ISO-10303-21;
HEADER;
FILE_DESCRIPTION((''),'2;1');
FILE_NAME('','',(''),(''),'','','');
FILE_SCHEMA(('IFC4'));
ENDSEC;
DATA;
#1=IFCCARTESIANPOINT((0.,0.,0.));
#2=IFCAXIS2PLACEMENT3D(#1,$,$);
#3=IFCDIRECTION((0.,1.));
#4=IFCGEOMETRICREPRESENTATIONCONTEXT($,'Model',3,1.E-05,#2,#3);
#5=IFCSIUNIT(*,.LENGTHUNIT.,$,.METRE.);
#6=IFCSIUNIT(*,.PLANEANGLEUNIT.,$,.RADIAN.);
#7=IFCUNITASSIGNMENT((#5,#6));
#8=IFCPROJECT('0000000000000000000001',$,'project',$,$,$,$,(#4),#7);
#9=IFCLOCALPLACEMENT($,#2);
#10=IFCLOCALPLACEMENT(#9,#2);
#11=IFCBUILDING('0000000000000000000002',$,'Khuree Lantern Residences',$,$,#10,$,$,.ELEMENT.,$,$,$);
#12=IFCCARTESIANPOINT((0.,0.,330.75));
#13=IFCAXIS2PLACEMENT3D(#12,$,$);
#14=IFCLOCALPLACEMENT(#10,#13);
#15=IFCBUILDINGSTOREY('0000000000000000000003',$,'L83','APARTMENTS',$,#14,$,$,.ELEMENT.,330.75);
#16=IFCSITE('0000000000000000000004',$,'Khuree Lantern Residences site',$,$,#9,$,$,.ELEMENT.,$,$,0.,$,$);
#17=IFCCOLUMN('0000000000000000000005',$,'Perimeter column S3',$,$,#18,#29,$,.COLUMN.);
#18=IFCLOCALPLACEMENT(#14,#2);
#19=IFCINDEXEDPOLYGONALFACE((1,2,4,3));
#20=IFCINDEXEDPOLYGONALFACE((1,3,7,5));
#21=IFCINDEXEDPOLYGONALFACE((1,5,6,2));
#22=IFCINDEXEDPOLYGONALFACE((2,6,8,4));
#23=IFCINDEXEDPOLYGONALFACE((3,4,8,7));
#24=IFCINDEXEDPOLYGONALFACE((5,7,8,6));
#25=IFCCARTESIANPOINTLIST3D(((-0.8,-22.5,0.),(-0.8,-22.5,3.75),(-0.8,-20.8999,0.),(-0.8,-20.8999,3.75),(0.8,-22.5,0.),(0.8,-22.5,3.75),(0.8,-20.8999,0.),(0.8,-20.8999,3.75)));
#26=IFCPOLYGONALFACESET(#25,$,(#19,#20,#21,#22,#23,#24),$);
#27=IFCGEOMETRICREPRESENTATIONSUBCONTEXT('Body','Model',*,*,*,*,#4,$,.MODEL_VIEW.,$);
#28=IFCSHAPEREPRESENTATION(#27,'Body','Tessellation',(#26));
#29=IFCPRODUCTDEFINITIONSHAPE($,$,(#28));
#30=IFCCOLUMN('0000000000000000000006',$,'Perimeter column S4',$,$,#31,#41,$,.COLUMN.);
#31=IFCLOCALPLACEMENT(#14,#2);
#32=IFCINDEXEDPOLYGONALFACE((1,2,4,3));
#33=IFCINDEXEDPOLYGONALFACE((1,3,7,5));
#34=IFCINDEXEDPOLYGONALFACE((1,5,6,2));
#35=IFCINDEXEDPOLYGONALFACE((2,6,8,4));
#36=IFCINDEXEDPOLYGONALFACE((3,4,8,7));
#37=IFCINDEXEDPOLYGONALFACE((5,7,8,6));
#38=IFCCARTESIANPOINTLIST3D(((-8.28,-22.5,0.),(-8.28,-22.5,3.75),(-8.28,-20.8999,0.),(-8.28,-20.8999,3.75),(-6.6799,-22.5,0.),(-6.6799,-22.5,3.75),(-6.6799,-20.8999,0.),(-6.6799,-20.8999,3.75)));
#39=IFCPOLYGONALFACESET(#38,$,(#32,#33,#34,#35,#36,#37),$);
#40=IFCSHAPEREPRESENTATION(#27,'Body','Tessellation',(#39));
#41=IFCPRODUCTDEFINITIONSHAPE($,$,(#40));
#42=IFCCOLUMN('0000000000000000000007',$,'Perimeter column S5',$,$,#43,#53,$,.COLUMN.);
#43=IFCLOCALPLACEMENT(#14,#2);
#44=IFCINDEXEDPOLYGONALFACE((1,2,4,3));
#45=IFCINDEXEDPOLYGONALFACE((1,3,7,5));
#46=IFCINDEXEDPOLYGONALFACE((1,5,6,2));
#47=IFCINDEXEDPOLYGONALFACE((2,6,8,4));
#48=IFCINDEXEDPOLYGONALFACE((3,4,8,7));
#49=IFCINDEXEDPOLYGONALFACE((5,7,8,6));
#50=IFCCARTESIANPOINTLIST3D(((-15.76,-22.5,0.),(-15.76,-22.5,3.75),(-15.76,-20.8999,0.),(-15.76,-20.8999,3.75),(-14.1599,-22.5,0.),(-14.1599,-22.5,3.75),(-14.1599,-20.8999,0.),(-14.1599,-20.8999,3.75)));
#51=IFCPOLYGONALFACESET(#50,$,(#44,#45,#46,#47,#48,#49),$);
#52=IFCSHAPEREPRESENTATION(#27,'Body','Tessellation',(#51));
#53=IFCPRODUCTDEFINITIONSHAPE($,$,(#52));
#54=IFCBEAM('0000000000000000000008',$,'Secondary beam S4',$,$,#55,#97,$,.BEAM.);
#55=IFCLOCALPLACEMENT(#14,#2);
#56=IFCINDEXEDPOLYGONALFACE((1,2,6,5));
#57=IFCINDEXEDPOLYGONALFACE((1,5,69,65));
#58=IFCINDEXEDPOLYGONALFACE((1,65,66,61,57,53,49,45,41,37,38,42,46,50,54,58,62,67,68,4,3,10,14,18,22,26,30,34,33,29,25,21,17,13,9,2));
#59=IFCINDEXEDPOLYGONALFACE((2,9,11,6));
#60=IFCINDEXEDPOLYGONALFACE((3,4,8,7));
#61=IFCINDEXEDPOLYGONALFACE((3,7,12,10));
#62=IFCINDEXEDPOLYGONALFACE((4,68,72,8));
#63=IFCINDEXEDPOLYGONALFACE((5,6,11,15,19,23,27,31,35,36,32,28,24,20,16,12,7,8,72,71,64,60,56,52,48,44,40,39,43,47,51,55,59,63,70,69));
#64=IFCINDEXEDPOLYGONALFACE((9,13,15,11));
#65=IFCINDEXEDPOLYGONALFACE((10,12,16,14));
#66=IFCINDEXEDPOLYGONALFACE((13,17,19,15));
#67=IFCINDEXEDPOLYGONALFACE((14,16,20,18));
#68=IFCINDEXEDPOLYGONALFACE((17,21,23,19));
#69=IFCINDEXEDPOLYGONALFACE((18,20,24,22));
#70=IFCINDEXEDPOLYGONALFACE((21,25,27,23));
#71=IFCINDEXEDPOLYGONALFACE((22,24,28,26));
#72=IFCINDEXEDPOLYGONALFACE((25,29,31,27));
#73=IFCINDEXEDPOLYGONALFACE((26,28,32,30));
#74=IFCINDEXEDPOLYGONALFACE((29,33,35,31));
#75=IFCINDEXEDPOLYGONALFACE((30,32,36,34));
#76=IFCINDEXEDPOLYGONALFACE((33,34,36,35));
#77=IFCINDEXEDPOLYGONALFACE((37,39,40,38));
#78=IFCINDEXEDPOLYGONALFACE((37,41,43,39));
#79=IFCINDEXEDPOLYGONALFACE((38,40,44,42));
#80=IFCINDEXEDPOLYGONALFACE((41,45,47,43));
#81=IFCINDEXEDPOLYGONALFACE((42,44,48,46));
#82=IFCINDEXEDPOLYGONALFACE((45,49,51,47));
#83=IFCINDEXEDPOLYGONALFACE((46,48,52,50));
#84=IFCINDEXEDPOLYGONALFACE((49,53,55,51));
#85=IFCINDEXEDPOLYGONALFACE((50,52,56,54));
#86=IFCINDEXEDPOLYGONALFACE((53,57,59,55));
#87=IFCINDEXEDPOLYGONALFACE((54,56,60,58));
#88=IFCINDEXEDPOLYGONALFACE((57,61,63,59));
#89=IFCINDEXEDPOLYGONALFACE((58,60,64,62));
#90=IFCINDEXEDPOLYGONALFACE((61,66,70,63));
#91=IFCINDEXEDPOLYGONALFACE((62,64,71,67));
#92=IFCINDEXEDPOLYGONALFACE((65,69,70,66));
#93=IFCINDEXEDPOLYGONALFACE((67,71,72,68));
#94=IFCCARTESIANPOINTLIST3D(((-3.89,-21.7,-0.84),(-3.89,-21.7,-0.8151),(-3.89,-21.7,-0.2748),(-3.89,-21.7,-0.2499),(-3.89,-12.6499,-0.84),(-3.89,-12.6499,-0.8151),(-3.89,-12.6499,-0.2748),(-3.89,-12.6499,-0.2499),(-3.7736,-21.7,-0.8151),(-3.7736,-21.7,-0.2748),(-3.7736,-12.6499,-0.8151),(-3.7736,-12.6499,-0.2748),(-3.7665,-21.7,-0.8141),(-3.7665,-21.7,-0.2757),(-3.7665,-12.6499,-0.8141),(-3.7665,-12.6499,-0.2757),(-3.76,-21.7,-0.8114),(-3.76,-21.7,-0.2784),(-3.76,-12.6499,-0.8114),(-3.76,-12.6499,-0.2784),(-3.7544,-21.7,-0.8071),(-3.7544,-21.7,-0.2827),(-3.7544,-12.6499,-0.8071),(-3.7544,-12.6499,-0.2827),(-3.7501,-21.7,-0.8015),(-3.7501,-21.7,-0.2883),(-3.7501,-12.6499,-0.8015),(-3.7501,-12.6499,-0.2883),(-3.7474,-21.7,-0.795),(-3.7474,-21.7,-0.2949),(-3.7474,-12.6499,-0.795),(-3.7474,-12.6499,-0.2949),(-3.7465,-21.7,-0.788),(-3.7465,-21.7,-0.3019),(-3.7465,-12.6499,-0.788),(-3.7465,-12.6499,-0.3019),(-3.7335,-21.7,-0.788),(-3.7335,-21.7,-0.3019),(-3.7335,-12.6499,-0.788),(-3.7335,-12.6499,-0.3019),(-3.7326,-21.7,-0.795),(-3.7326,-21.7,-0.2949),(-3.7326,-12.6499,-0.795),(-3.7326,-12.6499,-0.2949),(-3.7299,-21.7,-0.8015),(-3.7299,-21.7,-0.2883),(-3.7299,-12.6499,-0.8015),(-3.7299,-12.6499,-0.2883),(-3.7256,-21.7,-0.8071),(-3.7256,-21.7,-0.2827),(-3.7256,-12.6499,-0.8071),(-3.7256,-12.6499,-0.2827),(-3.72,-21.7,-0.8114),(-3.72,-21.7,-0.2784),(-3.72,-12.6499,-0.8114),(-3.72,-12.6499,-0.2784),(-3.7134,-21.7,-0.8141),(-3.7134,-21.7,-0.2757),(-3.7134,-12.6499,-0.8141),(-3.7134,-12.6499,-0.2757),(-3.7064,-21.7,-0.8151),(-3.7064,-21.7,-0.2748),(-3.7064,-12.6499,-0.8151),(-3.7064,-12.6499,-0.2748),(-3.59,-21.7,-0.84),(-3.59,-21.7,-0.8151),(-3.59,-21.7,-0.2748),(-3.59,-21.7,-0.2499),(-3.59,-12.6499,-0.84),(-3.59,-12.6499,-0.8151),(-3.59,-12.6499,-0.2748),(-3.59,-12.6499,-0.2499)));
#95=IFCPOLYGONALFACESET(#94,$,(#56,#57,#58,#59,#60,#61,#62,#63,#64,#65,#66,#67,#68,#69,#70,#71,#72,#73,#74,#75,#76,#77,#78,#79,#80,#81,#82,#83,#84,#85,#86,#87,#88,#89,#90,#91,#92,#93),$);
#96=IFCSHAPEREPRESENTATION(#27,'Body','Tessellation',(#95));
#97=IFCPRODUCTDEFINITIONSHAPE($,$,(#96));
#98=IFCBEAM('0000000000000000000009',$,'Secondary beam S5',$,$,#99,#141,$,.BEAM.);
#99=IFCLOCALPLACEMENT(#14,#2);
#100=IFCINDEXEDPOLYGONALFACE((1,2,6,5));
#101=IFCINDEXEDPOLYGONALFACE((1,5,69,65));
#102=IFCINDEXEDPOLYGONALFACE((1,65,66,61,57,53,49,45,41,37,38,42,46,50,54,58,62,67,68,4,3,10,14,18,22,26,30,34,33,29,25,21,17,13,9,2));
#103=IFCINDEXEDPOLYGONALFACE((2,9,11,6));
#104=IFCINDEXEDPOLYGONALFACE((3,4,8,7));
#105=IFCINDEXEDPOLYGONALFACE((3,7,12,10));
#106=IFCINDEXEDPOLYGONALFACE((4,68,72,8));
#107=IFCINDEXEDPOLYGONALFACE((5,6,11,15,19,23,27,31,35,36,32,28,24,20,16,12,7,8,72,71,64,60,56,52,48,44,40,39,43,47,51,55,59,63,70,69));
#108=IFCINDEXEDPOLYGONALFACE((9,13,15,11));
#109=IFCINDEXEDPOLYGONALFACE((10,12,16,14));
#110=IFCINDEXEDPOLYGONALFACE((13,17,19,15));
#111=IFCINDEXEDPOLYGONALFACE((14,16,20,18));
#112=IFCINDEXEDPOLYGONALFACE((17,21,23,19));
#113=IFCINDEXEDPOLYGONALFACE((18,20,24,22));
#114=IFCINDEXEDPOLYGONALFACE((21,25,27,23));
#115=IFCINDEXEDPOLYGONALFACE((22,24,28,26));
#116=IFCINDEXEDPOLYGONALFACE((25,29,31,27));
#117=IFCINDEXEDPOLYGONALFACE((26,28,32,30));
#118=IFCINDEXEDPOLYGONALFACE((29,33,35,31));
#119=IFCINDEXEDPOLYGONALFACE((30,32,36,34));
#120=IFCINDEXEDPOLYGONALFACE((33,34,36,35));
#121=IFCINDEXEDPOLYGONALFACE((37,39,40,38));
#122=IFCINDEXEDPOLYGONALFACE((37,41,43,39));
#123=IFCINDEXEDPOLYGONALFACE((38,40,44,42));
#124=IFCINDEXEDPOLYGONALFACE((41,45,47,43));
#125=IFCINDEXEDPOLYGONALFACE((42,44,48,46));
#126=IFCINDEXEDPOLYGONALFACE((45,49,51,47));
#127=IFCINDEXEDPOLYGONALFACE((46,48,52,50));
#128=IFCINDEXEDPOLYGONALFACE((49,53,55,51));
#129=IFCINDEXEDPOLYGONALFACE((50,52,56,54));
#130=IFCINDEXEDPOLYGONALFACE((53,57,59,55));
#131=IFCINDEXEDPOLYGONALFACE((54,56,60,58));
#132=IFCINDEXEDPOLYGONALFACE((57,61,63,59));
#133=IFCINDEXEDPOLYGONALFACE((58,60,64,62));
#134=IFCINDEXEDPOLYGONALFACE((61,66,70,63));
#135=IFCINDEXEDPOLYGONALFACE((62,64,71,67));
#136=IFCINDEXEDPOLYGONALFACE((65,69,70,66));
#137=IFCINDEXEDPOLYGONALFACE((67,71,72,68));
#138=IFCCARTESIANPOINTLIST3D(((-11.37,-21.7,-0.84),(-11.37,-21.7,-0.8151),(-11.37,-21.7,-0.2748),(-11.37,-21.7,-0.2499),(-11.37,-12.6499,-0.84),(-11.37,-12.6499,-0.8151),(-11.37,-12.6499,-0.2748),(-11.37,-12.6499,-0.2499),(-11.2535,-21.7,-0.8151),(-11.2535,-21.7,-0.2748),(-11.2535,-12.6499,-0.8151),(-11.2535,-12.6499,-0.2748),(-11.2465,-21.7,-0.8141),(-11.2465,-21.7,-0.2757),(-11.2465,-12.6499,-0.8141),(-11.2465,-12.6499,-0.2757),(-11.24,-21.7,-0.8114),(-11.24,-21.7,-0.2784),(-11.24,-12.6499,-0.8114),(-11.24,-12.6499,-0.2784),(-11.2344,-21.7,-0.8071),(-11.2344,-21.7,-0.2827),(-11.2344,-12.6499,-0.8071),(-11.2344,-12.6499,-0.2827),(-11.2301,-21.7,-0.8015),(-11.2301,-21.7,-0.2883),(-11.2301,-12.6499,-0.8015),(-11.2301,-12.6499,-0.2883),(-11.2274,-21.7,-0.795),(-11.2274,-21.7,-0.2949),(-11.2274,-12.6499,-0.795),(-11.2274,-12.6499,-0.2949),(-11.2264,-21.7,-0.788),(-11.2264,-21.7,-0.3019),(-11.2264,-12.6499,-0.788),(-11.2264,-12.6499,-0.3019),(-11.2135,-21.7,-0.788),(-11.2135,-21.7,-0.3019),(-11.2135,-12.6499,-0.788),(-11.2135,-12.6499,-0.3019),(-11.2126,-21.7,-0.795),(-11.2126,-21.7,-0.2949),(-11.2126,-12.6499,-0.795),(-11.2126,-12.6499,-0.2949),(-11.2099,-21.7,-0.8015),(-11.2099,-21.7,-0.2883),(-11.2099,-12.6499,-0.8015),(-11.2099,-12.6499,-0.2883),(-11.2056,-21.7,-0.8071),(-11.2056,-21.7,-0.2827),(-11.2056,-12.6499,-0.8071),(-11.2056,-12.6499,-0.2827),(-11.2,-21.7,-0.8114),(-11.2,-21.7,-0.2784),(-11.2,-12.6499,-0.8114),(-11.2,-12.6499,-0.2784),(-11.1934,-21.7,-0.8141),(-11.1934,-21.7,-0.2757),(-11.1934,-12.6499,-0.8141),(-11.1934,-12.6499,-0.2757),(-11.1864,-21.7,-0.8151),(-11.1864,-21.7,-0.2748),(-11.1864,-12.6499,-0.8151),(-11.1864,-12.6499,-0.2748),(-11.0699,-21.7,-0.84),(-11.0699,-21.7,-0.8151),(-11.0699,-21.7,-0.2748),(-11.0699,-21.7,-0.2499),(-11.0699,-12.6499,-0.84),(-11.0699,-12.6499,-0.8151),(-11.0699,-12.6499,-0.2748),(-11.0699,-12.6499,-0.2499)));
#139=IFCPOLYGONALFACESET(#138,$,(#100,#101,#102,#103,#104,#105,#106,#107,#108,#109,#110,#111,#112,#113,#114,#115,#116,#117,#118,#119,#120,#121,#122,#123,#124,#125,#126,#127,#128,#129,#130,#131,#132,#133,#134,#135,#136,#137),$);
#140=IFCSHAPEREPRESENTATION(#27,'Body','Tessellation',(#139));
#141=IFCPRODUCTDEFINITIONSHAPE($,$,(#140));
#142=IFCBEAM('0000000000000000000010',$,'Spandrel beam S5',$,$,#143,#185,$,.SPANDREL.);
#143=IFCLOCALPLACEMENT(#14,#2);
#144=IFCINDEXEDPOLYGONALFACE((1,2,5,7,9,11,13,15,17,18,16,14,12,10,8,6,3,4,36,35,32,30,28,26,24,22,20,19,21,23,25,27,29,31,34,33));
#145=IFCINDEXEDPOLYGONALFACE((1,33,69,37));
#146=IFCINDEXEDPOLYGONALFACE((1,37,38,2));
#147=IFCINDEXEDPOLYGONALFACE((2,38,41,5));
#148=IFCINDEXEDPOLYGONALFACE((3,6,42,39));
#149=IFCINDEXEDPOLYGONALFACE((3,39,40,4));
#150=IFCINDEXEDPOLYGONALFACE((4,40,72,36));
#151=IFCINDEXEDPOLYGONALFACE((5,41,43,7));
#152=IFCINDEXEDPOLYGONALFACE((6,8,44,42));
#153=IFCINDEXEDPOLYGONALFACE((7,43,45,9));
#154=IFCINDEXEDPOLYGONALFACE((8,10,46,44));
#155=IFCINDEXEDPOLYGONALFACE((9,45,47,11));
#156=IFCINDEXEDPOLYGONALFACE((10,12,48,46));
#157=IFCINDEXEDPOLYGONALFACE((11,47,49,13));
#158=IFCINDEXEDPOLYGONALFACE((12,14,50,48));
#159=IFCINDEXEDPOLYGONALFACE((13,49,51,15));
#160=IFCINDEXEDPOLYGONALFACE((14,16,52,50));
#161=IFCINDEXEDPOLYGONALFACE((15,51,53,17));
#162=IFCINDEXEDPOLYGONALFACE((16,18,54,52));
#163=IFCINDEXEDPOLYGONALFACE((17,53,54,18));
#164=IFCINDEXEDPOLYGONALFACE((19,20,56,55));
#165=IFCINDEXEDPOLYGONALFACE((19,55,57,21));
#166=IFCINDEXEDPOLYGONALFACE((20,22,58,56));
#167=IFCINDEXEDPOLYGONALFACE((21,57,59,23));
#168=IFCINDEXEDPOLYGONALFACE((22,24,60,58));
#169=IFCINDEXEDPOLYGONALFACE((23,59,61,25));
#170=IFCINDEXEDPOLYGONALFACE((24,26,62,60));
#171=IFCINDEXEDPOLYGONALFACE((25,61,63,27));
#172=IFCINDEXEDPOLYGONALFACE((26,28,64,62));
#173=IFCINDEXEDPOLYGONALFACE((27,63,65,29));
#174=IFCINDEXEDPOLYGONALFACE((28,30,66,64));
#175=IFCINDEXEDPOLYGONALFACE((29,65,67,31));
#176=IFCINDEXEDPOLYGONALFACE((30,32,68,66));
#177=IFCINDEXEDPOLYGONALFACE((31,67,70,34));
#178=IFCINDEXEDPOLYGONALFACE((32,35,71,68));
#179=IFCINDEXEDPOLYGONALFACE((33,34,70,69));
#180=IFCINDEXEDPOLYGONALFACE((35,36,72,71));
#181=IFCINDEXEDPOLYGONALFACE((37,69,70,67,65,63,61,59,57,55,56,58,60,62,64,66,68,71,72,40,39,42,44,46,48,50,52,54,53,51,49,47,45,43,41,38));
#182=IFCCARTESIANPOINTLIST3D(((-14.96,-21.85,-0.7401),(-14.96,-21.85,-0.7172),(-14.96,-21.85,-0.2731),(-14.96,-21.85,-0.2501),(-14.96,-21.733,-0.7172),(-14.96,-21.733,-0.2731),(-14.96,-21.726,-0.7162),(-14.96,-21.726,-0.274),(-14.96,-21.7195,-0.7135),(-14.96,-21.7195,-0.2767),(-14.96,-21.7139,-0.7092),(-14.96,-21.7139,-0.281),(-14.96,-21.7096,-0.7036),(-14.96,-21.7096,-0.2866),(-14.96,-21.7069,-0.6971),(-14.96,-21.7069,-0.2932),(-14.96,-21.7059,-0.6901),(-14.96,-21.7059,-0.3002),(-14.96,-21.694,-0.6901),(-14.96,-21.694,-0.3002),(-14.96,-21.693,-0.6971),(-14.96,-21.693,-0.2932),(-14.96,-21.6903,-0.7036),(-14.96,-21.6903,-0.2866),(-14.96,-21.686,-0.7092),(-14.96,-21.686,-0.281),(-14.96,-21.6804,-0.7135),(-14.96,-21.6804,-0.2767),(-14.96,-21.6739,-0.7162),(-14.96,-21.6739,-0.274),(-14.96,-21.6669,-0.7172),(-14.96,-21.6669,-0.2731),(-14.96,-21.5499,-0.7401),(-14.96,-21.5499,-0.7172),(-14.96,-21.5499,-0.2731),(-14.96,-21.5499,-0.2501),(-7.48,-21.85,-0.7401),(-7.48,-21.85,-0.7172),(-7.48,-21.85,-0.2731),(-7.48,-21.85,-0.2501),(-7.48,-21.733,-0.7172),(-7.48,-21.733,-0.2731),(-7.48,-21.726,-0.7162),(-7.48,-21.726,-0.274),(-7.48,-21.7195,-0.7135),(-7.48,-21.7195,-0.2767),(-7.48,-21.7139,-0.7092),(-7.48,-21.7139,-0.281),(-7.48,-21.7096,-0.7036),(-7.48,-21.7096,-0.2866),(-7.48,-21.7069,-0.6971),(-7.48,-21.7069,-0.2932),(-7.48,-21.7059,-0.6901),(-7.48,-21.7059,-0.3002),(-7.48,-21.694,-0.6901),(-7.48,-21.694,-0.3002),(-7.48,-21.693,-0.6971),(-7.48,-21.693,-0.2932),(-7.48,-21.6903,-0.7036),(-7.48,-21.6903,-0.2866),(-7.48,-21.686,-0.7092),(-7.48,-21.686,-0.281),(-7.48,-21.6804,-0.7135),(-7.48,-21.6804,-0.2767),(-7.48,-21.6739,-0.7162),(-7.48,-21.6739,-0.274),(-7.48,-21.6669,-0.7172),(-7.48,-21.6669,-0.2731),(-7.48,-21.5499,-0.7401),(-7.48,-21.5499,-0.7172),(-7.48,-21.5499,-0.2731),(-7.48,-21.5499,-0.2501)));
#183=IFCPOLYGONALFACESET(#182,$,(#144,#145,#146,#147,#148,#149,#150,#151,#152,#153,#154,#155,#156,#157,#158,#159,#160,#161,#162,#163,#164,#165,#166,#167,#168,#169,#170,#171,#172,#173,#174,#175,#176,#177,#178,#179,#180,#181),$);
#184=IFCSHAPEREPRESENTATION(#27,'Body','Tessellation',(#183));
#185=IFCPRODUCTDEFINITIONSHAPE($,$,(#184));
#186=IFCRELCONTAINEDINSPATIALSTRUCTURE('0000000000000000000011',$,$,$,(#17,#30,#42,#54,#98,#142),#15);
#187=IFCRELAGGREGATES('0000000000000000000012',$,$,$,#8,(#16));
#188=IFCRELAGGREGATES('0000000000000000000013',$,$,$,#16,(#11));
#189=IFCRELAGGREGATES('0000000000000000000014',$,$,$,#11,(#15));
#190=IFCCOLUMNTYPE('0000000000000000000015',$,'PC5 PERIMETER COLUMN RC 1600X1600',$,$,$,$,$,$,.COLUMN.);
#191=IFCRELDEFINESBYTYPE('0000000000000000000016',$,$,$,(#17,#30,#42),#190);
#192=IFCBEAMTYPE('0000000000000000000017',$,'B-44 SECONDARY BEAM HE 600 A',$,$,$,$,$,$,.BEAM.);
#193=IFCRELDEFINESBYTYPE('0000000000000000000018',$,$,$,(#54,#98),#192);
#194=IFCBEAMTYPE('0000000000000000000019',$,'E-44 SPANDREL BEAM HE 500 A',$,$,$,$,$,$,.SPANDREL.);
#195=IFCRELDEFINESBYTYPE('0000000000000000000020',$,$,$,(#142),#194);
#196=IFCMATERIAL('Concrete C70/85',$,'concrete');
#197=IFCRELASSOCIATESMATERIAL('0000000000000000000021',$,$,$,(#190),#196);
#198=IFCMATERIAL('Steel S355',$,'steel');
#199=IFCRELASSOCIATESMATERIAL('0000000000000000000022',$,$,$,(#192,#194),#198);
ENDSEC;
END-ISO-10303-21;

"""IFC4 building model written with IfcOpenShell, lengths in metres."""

from ifc_helpers import new_model, si_unit, direction, frame, origin, origin_2d, place, context, subcontext, project, spatial, rectangle, i_section, extrude, material, material_profile, profile_set, type_object, element, save


model = new_model("IFC4")

# Units and contexts
model_context = context("Model", 3, precision=1e-05, world=origin(), true_north=direction((0.0, 1.0)))
body_context = subcontext(model_context, "Body", "Model", "MODEL_VIEW")
ifc_project = project(units=[si_unit("LENGTHUNIT", "METRE"), si_unit("PLANEANGLEUNIT", "RADIAN")], contexts=[model_context])

# Site, building, storey
site_placement = place(None, origin())
site = spatial("IfcSite", under=ifc_project, at=site_placement, Name="Khuree Lantern Residences site", CompositionType="ELEMENT", RefElevation=0.0)
building_placement = place(site_placement, origin())
building = spatial("IfcBuilding", under=site, at=building_placement, Name="Khuree Lantern Residences", CompositionType="ELEMENT")
storey_placement = place(building_placement, frame((0.0, 0.0, 330.75)))
storey = spatial("IfcBuildingStorey", under=building, at=storey_placement, Name="L83", Description="APARTMENTS", CompositionType="ELEMENT", Elevation=330.75)

# Columns
ifc_material_1 = material(Name="Concrete C70/85", Category="concrete")
ifc_material_profile_1 = material_profile(ifc_material_1, rectangle(XDim=1.6001, YDim=1.6001, at=origin_2d()), Name="RC 1600X1600")
ifc_profile_set_1 = profile_set([ifc_material_profile_1], Name="Concrete C70/85")
column_type = type_object("IfcColumnType", Name="PC5 PERIMETER COLUMN RC 1600X1600", PredefinedType="COLUMN", material=ifc_profile_set_1)
for number, where, z_axis, x_axis, name in (
    (1, (0.0, -21.7, 0.0), (0.0, 0.0, 1.0), (1.0, 0.0, 0.0), "Perimeter column S3"),
    (2, (-7.48, -21.7, 0.0), (0.0, 0.0, 1.0), (1.0, 0.0, 0.0), "Perimeter column S4"),
    (3, (-14.96, -21.7, 0.0), (0.0, 0.0, 1.0), (1.0, 0.0, 0.0), "Perimeter column S5"),
):
    element("IfcColumn", number, at=place(storey_placement, frame(where, z_axis=z_axis, x_axis=x_axis)), inside=storey, type_object=column_type, Name=name, PredefinedType="COLUMN", context=body_context, shape_type="SweptSolid", body=[
        extrude(rectangle(XDim=1.6001, YDim=1.6001, at=origin_2d()), origin(), (0.0, 0.0, 1.0), 3.75),
    ])

# Beams
ifc_material_2 = material(Name="Steel S355", Category="steel")
ifc_material_profile_2 = material_profile(ifc_material_2, i_section(OverallWidth=0.3, OverallDepth=0.5901, WebThickness=0.0129, FlangeThickness=0.0249, FilletRadius=0.0271, at=origin_2d()), Name="HE 600 A")
ifc_profile_set_2 = profile_set([ifc_material_profile_2], Name="Steel S355")
beam_type_1 = type_object("IfcBeamType", Name="B-44 SECONDARY BEAM HE 600 A", PredefinedType="BEAM", material=ifc_profile_set_2)
for number, where, z_axis, x_axis, name in (
    (4, (-3.74, -21.7, -0.5449), (0.0, 1.0, 0.0), (-1.0, 0.0, 0.0), "Secondary beam S4"),
    (5, (-11.22, -21.7, -0.5449), (0.0, 1.0, 0.0), (-1.0, 0.0, 0.0), "Secondary beam S5"),
):
    element("IfcBeam", number, at=place(storey_placement, frame(where, z_axis=z_axis, x_axis=x_axis)), inside=storey, type_object=beam_type_1, Name=name, PredefinedType="BEAM", context=body_context, shape_type="SweptSolid", body=[
        extrude(i_section(OverallWidth=0.3, OverallDepth=0.5901, WebThickness=0.0129, FlangeThickness=0.0249, FilletRadius=0.0271, at=origin_2d()), origin(), (0.0, 0.0, 1.0), 9.05),
    ])
ifc_material_profile_3 = material_profile(ifc_material_2, i_section(OverallWidth=0.3, OverallDepth=0.49, WebThickness=0.012, FlangeThickness=0.0229, FilletRadius=0.0271, at=origin_2d()), Name="HE 500 A")
ifc_profile_set_3 = profile_set([ifc_material_profile_3], Name="Steel S355")
beam_type_2 = type_object("IfcBeamType", Name="E-44 SPANDREL BEAM HE 500 A", PredefinedType="SPANDREL", material=ifc_profile_set_3)
beam_1_placement = place(storey_placement, frame((-7.48, -21.7, -0.4951), z_axis=(-1.0, 0.0, 0.0), x_axis=(0.0, -1.0, 0.0)))
element("IfcBeam", 6, at=beam_1_placement, inside=storey, type_object=beam_type_2, Name="Spandrel beam S5", PredefinedType="SPANDREL", context=body_context, shape_type="SweptSolid", body=[
    extrude(i_section(OverallWidth=0.3, OverallDepth=0.49, WebThickness=0.012, FlangeThickness=0.0229, FilletRadius=0.0271, at=origin_2d()), origin(), (0.0, 0.0, 1.0), 7.48),
])

save(model, "model.ifc")
